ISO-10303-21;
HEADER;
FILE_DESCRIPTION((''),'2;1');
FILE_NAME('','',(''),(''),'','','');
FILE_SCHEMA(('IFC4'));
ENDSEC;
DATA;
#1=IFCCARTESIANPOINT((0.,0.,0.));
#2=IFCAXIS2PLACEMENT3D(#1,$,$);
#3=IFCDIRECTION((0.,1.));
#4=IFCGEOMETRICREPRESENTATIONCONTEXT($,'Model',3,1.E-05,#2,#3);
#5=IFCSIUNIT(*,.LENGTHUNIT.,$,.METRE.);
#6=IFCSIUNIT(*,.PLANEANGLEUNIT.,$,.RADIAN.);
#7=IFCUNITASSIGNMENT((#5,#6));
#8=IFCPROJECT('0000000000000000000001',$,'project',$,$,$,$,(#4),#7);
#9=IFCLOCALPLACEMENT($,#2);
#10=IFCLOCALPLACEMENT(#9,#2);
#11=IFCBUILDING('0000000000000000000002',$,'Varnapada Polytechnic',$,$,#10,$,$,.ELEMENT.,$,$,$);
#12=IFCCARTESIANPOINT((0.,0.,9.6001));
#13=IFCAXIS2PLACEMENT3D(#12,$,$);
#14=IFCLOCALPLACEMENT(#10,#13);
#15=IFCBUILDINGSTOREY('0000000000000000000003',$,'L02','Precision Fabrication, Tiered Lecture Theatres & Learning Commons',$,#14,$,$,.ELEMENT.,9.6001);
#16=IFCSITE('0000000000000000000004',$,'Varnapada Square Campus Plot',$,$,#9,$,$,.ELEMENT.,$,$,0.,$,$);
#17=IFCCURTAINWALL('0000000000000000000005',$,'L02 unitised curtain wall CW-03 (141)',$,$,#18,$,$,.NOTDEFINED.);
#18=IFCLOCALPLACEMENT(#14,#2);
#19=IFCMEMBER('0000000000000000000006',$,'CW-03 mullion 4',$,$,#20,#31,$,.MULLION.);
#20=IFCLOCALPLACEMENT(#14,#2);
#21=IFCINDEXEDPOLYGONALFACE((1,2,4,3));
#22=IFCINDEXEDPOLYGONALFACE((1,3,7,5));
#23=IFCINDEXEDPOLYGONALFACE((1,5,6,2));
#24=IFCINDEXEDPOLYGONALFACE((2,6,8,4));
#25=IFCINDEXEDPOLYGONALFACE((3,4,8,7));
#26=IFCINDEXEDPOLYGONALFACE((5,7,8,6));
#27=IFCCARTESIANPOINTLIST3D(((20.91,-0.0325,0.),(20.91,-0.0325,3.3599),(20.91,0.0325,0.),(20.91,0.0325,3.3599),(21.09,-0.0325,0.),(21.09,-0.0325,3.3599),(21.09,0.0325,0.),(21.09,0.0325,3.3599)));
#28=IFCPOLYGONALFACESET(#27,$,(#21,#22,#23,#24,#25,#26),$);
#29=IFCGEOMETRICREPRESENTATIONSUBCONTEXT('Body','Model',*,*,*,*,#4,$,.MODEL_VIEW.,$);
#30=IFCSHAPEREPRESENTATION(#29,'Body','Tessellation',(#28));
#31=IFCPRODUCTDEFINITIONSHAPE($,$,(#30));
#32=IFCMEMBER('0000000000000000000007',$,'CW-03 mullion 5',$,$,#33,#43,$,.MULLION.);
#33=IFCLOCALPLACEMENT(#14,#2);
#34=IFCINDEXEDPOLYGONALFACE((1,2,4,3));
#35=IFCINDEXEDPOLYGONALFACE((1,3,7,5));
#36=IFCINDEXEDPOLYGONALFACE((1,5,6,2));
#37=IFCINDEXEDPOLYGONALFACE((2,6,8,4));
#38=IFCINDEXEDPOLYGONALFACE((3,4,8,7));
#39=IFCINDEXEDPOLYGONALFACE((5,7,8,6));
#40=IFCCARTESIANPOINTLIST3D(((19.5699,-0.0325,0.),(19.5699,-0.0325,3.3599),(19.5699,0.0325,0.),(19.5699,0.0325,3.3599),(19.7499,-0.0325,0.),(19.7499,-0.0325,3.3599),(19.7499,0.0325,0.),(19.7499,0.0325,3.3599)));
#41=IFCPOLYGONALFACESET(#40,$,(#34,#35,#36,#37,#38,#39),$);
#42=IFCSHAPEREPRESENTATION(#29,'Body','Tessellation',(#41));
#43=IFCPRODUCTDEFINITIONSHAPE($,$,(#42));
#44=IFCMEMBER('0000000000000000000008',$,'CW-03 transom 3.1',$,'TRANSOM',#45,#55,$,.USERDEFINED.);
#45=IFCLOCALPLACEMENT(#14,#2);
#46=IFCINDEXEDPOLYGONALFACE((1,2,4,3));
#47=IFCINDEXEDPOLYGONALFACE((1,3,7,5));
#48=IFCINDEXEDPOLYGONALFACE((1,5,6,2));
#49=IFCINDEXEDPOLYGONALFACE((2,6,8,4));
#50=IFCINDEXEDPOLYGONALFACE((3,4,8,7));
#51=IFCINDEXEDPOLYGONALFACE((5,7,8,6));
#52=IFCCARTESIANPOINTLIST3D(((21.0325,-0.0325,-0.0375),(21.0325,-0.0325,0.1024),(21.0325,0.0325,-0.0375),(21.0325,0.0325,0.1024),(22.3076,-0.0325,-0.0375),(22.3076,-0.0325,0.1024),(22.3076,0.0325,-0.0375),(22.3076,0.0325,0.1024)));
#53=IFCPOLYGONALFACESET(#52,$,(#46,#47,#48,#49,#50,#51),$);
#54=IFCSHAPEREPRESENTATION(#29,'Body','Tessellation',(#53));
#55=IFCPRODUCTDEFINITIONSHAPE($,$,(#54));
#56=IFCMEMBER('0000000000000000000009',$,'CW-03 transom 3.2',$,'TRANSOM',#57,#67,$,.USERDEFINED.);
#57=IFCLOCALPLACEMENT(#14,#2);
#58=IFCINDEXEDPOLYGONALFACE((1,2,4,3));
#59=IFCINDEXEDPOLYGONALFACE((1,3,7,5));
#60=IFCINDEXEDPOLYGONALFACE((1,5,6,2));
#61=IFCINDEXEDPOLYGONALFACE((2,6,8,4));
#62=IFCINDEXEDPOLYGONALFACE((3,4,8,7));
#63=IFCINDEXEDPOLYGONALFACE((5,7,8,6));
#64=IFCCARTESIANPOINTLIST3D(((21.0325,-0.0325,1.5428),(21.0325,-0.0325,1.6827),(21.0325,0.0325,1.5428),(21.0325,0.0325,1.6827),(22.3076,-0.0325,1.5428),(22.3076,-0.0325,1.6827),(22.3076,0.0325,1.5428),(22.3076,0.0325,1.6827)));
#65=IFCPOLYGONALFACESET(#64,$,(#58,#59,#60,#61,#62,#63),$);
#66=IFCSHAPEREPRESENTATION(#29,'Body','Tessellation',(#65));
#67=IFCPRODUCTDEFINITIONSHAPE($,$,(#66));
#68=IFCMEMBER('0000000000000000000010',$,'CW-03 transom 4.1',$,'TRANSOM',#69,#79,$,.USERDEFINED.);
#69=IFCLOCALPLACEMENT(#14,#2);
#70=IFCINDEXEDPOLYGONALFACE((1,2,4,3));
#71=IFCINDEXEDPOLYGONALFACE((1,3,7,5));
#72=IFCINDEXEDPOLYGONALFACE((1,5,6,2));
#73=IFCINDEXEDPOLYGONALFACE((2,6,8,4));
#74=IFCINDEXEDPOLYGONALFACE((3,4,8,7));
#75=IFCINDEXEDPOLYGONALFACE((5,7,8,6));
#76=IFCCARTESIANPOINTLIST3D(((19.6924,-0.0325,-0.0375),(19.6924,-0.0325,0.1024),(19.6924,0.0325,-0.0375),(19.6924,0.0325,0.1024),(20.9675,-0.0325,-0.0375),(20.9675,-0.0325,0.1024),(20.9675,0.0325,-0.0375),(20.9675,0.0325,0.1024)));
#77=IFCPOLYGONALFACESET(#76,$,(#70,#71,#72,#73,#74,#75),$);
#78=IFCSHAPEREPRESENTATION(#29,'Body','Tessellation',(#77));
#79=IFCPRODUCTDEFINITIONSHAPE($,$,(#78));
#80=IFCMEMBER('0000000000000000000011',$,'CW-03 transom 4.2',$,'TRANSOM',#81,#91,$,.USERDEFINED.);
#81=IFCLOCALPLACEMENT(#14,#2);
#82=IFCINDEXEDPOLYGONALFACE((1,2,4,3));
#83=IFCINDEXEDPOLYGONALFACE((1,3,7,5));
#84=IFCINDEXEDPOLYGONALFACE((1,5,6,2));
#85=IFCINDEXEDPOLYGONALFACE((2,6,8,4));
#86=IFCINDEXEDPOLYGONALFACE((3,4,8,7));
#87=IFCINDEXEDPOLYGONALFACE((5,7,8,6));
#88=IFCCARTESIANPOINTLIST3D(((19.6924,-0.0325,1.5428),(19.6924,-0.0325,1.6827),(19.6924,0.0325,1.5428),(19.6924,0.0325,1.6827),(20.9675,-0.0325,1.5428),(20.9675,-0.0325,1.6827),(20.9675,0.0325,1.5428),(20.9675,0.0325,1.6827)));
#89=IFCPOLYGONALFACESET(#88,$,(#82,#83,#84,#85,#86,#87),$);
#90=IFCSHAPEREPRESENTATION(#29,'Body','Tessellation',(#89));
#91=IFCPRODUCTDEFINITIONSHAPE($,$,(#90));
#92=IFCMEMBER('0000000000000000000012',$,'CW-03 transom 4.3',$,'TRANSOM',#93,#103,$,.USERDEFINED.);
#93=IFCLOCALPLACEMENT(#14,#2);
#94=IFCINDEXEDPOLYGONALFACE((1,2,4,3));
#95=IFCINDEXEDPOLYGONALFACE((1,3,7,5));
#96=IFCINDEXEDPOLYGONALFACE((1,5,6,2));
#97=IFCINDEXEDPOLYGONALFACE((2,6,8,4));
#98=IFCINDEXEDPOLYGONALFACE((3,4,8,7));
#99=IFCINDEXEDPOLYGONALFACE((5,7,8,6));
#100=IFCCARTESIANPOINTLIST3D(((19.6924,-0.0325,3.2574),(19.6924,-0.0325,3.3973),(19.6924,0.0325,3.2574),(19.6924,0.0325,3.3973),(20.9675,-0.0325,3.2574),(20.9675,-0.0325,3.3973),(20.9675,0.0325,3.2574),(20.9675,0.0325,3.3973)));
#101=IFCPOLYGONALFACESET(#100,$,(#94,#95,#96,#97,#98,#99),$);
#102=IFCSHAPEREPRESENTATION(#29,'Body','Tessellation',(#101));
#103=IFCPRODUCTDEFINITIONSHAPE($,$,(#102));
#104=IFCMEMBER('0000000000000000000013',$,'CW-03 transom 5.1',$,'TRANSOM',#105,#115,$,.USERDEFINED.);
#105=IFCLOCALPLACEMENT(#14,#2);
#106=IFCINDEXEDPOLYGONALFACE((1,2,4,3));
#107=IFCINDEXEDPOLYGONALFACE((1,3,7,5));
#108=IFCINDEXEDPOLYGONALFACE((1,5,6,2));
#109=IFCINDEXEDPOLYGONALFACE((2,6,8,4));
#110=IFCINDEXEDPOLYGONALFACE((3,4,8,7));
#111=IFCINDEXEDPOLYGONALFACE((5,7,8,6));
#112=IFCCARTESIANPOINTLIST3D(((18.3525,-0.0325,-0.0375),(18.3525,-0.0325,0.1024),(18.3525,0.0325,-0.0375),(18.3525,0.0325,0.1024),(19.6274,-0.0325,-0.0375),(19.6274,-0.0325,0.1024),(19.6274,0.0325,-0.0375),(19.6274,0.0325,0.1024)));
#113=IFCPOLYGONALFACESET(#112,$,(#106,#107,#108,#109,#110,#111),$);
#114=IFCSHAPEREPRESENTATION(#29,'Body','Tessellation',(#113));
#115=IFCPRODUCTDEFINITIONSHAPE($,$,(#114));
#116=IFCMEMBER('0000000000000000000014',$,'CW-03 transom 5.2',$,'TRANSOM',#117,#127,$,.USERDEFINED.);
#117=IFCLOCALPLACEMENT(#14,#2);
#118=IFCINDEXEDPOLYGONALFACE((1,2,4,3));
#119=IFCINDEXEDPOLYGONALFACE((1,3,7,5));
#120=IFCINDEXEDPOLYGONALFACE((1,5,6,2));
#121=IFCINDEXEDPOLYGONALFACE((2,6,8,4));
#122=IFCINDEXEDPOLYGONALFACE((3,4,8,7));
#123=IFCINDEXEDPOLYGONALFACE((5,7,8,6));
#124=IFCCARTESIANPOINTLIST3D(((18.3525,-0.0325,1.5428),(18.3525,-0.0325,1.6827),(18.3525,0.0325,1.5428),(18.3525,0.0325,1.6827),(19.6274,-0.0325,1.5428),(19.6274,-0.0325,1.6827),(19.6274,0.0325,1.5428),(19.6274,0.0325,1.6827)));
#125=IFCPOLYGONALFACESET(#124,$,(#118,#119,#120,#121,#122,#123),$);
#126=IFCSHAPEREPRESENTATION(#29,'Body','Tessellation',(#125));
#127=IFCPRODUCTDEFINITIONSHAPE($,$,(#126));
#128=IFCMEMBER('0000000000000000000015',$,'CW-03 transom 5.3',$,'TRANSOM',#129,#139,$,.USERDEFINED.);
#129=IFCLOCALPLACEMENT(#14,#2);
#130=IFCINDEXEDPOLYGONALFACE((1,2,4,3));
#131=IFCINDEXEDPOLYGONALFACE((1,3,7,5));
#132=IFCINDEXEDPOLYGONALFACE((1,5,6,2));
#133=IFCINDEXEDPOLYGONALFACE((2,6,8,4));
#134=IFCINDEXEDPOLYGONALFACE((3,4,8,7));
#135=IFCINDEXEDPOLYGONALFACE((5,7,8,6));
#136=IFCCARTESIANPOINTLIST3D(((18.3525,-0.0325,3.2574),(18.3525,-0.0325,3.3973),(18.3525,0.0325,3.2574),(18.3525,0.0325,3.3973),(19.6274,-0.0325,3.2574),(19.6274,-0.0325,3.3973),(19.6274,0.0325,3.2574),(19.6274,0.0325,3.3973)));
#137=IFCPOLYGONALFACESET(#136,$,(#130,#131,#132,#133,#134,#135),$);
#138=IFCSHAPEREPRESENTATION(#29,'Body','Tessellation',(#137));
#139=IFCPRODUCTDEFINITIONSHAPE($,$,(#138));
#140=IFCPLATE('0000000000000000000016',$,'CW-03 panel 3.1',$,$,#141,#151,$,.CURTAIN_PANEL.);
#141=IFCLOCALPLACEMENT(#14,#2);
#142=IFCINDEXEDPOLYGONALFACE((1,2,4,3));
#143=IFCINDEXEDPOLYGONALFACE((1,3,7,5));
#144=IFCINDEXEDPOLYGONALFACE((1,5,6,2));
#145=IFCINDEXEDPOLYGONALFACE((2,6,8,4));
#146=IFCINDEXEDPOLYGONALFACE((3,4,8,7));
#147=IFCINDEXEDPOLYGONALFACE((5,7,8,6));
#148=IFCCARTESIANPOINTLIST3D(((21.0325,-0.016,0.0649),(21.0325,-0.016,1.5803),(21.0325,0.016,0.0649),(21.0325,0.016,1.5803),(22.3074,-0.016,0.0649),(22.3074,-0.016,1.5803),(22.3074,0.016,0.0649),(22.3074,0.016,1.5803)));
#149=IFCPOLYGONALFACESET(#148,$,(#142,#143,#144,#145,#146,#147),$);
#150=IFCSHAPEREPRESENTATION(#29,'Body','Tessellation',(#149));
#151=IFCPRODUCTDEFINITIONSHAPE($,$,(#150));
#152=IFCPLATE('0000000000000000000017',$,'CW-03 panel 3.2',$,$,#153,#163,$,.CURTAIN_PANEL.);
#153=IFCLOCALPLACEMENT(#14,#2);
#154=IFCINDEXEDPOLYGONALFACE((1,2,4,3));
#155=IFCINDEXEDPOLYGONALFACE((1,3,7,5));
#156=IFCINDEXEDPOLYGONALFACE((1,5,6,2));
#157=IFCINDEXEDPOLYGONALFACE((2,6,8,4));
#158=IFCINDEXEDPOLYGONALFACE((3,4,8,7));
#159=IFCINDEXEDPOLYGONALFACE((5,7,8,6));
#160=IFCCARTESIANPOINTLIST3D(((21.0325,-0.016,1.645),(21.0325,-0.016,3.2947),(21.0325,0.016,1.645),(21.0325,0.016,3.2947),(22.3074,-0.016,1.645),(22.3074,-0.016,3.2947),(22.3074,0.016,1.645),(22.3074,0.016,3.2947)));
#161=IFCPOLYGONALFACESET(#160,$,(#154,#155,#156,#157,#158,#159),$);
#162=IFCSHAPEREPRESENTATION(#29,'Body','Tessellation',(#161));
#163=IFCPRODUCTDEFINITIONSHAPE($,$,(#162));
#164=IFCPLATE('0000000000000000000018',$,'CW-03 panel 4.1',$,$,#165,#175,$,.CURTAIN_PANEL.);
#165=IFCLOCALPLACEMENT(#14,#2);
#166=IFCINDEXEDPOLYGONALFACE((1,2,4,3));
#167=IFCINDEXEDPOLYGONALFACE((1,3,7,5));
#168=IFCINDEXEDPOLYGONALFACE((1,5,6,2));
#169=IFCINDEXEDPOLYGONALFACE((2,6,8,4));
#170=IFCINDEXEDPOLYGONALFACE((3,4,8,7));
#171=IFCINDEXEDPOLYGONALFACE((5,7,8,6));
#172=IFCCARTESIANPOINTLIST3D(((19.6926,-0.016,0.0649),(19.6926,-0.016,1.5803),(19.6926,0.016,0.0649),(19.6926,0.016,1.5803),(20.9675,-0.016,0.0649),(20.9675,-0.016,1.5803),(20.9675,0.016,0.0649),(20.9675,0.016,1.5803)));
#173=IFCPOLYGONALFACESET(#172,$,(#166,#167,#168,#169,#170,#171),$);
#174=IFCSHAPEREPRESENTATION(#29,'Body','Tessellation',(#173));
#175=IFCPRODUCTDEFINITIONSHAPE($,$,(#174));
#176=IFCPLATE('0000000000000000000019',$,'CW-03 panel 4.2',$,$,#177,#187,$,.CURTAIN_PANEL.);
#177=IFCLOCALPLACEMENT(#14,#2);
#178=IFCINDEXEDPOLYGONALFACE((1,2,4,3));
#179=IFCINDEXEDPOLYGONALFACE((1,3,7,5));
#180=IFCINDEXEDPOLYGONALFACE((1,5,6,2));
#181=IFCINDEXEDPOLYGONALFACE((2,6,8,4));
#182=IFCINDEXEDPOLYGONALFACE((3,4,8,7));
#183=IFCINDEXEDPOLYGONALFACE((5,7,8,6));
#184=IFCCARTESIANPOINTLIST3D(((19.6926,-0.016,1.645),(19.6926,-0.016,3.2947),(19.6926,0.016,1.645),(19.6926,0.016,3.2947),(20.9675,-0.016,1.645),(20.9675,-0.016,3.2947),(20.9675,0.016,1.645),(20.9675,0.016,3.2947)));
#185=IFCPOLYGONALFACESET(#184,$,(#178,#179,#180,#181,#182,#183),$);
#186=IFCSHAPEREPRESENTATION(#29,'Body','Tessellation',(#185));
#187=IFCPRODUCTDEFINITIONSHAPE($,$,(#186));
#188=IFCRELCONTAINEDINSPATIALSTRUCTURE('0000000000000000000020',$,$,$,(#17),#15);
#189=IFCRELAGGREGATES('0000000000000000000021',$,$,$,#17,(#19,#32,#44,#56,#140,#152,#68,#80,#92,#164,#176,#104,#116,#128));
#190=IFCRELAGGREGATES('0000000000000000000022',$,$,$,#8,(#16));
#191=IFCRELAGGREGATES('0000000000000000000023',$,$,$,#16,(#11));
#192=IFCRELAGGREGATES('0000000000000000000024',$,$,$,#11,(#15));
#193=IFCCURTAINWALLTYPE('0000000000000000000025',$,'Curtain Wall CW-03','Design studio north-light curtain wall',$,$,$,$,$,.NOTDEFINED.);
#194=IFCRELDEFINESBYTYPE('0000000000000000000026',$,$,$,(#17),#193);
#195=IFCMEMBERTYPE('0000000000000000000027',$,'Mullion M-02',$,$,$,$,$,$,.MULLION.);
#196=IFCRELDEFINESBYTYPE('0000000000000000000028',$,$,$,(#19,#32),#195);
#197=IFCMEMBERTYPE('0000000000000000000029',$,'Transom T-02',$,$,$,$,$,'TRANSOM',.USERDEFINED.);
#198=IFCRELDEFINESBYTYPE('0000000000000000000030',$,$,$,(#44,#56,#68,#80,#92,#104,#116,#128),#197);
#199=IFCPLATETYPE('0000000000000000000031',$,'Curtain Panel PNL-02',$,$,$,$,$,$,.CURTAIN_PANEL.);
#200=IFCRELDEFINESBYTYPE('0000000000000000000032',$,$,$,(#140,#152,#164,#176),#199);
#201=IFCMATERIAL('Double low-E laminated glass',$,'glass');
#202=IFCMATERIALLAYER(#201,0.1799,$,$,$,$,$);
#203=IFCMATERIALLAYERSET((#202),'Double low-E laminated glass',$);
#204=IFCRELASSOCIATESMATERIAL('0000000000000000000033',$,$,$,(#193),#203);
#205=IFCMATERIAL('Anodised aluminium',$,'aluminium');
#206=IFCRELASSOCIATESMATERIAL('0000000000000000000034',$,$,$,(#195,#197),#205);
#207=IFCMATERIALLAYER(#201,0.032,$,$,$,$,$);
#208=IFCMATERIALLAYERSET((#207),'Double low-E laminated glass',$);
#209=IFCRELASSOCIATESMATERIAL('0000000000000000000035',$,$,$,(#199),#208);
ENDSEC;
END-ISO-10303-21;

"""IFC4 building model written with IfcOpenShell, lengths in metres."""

from ifc_helpers import new_model, si_unit, direction, frame, origin, origin_2d, place, context, subcontext, project, spatial, rectangle, extrude, material, layer, layer_set, material_profile, profile_set, type_object, element, aggregate, save


model = new_model("IFC4")

# Units and contexts
model_context = context("Model", 3, precision=1e-05, world=origin(), true_north=direction((0.0, 1.0)))
body_context = subcontext(model_context, "Body", "Model", "MODEL_VIEW")
ifc_project = project(units=[si_unit("LENGTHUNIT", "METRE"), si_unit("PLANEANGLEUNIT", "RADIAN")], contexts=[model_context])

# Site, building, storey
site_placement = place(None, origin())
site = spatial("IfcSite", under=ifc_project, at=site_placement, Name="Varnapada Square Campus Plot", CompositionType="ELEMENT", RefElevation=0.0)
building_placement = place(site_placement, origin())
building = spatial("IfcBuilding", under=site, at=building_placement, Name="Varnapada Polytechnic", CompositionType="ELEMENT")
storey_placement = place(building_placement, frame((0.0, 0.0, 9.6001)))
storey = spatial("IfcBuildingStorey", under=building, at=storey_placement, Name="L02", Description="Precision Fabrication, Tiered Lecture Theatres & Learning Commons", CompositionType="ELEMENT", Elevation=9.6001)

# Curtain wall, members, plates
ifc_material_1 = material(Name="Double low-E laminated glass", Category="glass")
ifc_layer_1 = layer(ifc_material_1, 0.1799)
ifc_layer_set_1 = layer_set([ifc_layer_1], Name="Double low-E laminated glass")
curtain_wall_type = type_object("IfcCurtainWallType", Name="Curtain Wall CW-03", Description="Design studio north-light curtain wall", PredefinedType="NOTDEFINED", material=ifc_layer_set_1)
curtain_wall_placement = place(storey_placement, origin())
curtain_wall = element("IfcCurtainWall", 1, at=curtain_wall_placement, inside=storey, type_object=curtain_wall_type, Name="L02 unitised curtain wall CW-03 (141)", PredefinedType="NOTDEFINED")
ifc_material_2 = material(Name="Anodised aluminium", Category="aluminium")
ifc_material_profile_1 = material_profile(ifc_material_2, rectangle(XDim=0.0649, YDim=0.1799, at=origin_2d()), Name="ALU M65x180")
ifc_profile_set_1 = profile_set([ifc_material_profile_1], Name="Anodised aluminium")
member_type_1 = type_object("IfcMemberType", Name="Mullion M-02", PredefinedType="MULLION", material=ifc_profile_set_1)
member_1_placement = place(storey_placement, frame((21.0, 0.0, 0.0), z_axis=(0.0, 0.0, 1.0), x_axis=(0.0, -1.0, 0.0)))
member_1 = element("IfcMember", 2, at=member_1_placement, type_object=member_type_1, Name="CW-03 mullion 4", PredefinedType="MULLION", context=body_context, shape_type="SweptSolid", body=[
    extrude(rectangle(XDim=0.0649, YDim=0.1799, at=origin_2d()), origin(), (0.0, 0.0, 1.0), 3.3599),
])
member_2_placement = place(storey_placement, frame((19.6599, 0.0, 0.0), z_axis=(0.0, 0.0, 1.0), x_axis=(0.0, -1.0, 0.0)))
member_2 = element("IfcMember", 3, at=member_2_placement, type_object=member_type_1, Name="CW-03 mullion 5", PredefinedType="MULLION", context=body_context, shape_type="SweptSolid", body=[
    extrude(rectangle(XDim=0.0649, YDim=0.1799, at=origin_2d()), origin(), (0.0, 0.0, 1.0), 3.3599),
])
ifc_material_profile_2 = material_profile(ifc_material_2, rectangle(XDim=0.0649, YDim=0.1399, at=origin_2d()), Name="ALU T65x140")
ifc_profile_set_2 = profile_set([ifc_material_profile_2], Name="Anodised aluminium")
member_type_2 = type_object("IfcMemberType", Name="Transom T-02", ElementType="TRANSOM", PredefinedType="USERDEFINED", material=ifc_profile_set_2)
member_3_placement = place(storey_placement, frame((22.3076, 0.0, 0.0325), z_axis=(-1.0, 0.0, 0.0), x_axis=(0.0, -1.0, 0.0)))
member_3 = element("IfcMember", 4, at=member_3_placement, type_object=member_type_2, Name="CW-03 transom 3.1", ObjectType="TRANSOM", PredefinedType="USERDEFINED", context=body_context, shape_type="SweptSolid", body=[
    extrude(rectangle(XDim=0.0649, YDim=0.1399, at=origin_2d()), origin(), (0.0, 0.0, 1.0), 1.2751),
])
member_4_placement = place(storey_placement, frame((22.3076, 0.0, 1.6128), z_axis=(-1.0, 0.0, 0.0), x_axis=(0.0, -1.0, 0.0)))
member_4 = element("IfcMember", 5, at=member_4_placement, type_object=member_type_2, Name="CW-03 transom 3.2", ObjectType="TRANSOM", PredefinedType="USERDEFINED", context=body_context, shape_type="SweptSolid", body=[
    extrude(rectangle(XDim=0.0649, YDim=0.1399, at=origin_2d()), origin(), (0.0, 0.0, 1.0), 1.2751),
])
member_5_placement = place(storey_placement, frame((20.9675, 0.0, 0.0325), z_axis=(-1.0, 0.0, 0.0), x_axis=(0.0, -1.0, 0.0)))
member_5 = element("IfcMember", 6, at=member_5_placement, type_object=member_type_2, Name="CW-03 transom 4.1", ObjectType="TRANSOM", PredefinedType="USERDEFINED", context=body_context, shape_type="SweptSolid", body=[
    extrude(rectangle(XDim=0.0649, YDim=0.1399, at=origin_2d()), origin(), (0.0, 0.0, 1.0), 1.2751),
])
member_6_placement = place(storey_placement, frame((20.9675, 0.0, 1.6128), z_axis=(-1.0, 0.0, 0.0), x_axis=(0.0, -1.0, 0.0)))
member_6 = element("IfcMember", 7, at=member_6_placement, type_object=member_type_2, Name="CW-03 transom 4.2", ObjectType="TRANSOM", PredefinedType="USERDEFINED", context=body_context, shape_type="SweptSolid", body=[
    extrude(rectangle(XDim=0.0649, YDim=0.1399, at=origin_2d()), origin(), (0.0, 0.0, 1.0), 1.2751),
])
member_7_placement = place(storey_placement, frame((20.9675, 0.0, 3.3274), z_axis=(-1.0, 0.0, 0.0), x_axis=(0.0, -1.0, 0.0)))
member_7 = element("IfcMember", 8, at=member_7_placement, type_object=member_type_2, Name="CW-03 transom 4.3", ObjectType="TRANSOM", PredefinedType="USERDEFINED", context=body_context, shape_type="SweptSolid", body=[
    extrude(rectangle(XDim=0.0649, YDim=0.1399, at=origin_2d()), origin(), (0.0, 0.0, 1.0), 1.2751),
])
member_8_placement = place(storey_placement, frame((19.6274, 0.0, 0.0325), z_axis=(-1.0, 0.0, 0.0), x_axis=(0.0, -1.0, 0.0)))
member_8 = element("IfcMember", 9, at=member_8_placement, type_object=member_type_2, Name="CW-03 transom 5.1", ObjectType="TRANSOM", PredefinedType="USERDEFINED", context=body_context, shape_type="SweptSolid", body=[
    extrude(rectangle(XDim=0.0649, YDim=0.1399, at=origin_2d()), origin(), (0.0, 0.0, 1.0), 1.2749),
])
member_9_placement = place(storey_placement, frame((19.6274, 0.0, 1.6128), z_axis=(-1.0, 0.0, 0.0), x_axis=(0.0, -1.0, 0.0)))
member_9 = element("IfcMember", 10, at=member_9_placement, type_object=member_type_2, Name="CW-03 transom 5.2", ObjectType="TRANSOM", PredefinedType="USERDEFINED", context=body_context, shape_type="SweptSolid", body=[
    extrude(rectangle(XDim=0.0649, YDim=0.1399, at=origin_2d()), origin(), (0.0, 0.0, 1.0), 1.2749),
])
member_10_placement = place(storey_placement, frame((19.6274, 0.0, 3.3274), z_axis=(-1.0, 0.0, 0.0), x_axis=(0.0, -1.0, 0.0)))
member_10 = element("IfcMember", 11, at=member_10_placement, type_object=member_type_2, Name="CW-03 transom 5.3", ObjectType="TRANSOM", PredefinedType="USERDEFINED", context=body_context, shape_type="SweptSolid", body=[
    extrude(rectangle(XDim=0.0649, YDim=0.1399, at=origin_2d()), origin(), (0.0, 0.0, 1.0), 1.2749),
])
ifc_layer_2 = layer(ifc_material_1, 0.032)
ifc_layer_set_2 = layer_set([ifc_layer_2], Name="Double low-E laminated glass")
plate_type = type_object("IfcPlateType", Name="Curtain Panel PNL-02", PredefinedType="CURTAIN_PANEL", material=ifc_layer_set_2)
plate_1_placement = place(storey_placement, frame((21.6699, 0.0, 0.0649), z_axis=(0.0, 0.0, 1.0), x_axis=(-1.0, 0.0, 0.0)))
plate_1 = element("IfcPlate", 12, at=plate_1_placement, type_object=plate_type, Name="CW-03 panel 3.1", PredefinedType="CURTAIN_PANEL", context=body_context, shape_type="SweptSolid", body=[
    extrude(rectangle(XDim=1.2749, YDim=0.032, at=origin_2d()), origin(), (0.0, 0.0, 1.0), 1.5154),
])
plate_2_placement = place(storey_placement, frame((21.6699, 0.0, 1.645), z_axis=(0.0, 0.0, 1.0), x_axis=(-1.0, 0.0, 0.0)))
plate_2 = element("IfcPlate", 13, at=plate_2_placement, type_object=plate_type, Name="CW-03 panel 3.2", PredefinedType="CURTAIN_PANEL", context=body_context, shape_type="SweptSolid", body=[
    extrude(rectangle(XDim=1.2749, YDim=0.032, at=origin_2d()), origin(), (0.0, 0.0, 1.0), 1.6497),
])
plate_3_placement = place(storey_placement, frame((20.3301, 0.0, 0.0649), z_axis=(0.0, 0.0, 1.0), x_axis=(-1.0, 0.0, 0.0)))
plate_3 = element("IfcPlate", 14, at=plate_3_placement, type_object=plate_type, Name="CW-03 panel 4.1", PredefinedType="CURTAIN_PANEL", context=body_context, shape_type="SweptSolid", body=[
    extrude(rectangle(XDim=1.2749, YDim=0.032, at=origin_2d()), origin(), (0.0, 0.0, 1.0), 1.5154),
])
plate_4_placement = place(storey_placement, frame((20.3301, 0.0, 1.645), z_axis=(0.0, 0.0, 1.0), x_axis=(-1.0, 0.0, 0.0)))
plate_4 = element("IfcPlate", 15, at=plate_4_placement, type_object=plate_type, Name="CW-03 panel 4.2", PredefinedType="CURTAIN_PANEL", context=body_context, shape_type="SweptSolid", body=[
    extrude(rectangle(XDim=1.2749, YDim=0.032, at=origin_2d()), origin(), (0.0, 0.0, 1.0), 1.6497),
])
aggregate(curtain_wall, [member_1, member_2, member_3, member_4, plate_1, plate_2, member_5, member_6, member_7, plate_3, plate_4, member_8, member_9, member_10])

save(model, "model.ifc")
